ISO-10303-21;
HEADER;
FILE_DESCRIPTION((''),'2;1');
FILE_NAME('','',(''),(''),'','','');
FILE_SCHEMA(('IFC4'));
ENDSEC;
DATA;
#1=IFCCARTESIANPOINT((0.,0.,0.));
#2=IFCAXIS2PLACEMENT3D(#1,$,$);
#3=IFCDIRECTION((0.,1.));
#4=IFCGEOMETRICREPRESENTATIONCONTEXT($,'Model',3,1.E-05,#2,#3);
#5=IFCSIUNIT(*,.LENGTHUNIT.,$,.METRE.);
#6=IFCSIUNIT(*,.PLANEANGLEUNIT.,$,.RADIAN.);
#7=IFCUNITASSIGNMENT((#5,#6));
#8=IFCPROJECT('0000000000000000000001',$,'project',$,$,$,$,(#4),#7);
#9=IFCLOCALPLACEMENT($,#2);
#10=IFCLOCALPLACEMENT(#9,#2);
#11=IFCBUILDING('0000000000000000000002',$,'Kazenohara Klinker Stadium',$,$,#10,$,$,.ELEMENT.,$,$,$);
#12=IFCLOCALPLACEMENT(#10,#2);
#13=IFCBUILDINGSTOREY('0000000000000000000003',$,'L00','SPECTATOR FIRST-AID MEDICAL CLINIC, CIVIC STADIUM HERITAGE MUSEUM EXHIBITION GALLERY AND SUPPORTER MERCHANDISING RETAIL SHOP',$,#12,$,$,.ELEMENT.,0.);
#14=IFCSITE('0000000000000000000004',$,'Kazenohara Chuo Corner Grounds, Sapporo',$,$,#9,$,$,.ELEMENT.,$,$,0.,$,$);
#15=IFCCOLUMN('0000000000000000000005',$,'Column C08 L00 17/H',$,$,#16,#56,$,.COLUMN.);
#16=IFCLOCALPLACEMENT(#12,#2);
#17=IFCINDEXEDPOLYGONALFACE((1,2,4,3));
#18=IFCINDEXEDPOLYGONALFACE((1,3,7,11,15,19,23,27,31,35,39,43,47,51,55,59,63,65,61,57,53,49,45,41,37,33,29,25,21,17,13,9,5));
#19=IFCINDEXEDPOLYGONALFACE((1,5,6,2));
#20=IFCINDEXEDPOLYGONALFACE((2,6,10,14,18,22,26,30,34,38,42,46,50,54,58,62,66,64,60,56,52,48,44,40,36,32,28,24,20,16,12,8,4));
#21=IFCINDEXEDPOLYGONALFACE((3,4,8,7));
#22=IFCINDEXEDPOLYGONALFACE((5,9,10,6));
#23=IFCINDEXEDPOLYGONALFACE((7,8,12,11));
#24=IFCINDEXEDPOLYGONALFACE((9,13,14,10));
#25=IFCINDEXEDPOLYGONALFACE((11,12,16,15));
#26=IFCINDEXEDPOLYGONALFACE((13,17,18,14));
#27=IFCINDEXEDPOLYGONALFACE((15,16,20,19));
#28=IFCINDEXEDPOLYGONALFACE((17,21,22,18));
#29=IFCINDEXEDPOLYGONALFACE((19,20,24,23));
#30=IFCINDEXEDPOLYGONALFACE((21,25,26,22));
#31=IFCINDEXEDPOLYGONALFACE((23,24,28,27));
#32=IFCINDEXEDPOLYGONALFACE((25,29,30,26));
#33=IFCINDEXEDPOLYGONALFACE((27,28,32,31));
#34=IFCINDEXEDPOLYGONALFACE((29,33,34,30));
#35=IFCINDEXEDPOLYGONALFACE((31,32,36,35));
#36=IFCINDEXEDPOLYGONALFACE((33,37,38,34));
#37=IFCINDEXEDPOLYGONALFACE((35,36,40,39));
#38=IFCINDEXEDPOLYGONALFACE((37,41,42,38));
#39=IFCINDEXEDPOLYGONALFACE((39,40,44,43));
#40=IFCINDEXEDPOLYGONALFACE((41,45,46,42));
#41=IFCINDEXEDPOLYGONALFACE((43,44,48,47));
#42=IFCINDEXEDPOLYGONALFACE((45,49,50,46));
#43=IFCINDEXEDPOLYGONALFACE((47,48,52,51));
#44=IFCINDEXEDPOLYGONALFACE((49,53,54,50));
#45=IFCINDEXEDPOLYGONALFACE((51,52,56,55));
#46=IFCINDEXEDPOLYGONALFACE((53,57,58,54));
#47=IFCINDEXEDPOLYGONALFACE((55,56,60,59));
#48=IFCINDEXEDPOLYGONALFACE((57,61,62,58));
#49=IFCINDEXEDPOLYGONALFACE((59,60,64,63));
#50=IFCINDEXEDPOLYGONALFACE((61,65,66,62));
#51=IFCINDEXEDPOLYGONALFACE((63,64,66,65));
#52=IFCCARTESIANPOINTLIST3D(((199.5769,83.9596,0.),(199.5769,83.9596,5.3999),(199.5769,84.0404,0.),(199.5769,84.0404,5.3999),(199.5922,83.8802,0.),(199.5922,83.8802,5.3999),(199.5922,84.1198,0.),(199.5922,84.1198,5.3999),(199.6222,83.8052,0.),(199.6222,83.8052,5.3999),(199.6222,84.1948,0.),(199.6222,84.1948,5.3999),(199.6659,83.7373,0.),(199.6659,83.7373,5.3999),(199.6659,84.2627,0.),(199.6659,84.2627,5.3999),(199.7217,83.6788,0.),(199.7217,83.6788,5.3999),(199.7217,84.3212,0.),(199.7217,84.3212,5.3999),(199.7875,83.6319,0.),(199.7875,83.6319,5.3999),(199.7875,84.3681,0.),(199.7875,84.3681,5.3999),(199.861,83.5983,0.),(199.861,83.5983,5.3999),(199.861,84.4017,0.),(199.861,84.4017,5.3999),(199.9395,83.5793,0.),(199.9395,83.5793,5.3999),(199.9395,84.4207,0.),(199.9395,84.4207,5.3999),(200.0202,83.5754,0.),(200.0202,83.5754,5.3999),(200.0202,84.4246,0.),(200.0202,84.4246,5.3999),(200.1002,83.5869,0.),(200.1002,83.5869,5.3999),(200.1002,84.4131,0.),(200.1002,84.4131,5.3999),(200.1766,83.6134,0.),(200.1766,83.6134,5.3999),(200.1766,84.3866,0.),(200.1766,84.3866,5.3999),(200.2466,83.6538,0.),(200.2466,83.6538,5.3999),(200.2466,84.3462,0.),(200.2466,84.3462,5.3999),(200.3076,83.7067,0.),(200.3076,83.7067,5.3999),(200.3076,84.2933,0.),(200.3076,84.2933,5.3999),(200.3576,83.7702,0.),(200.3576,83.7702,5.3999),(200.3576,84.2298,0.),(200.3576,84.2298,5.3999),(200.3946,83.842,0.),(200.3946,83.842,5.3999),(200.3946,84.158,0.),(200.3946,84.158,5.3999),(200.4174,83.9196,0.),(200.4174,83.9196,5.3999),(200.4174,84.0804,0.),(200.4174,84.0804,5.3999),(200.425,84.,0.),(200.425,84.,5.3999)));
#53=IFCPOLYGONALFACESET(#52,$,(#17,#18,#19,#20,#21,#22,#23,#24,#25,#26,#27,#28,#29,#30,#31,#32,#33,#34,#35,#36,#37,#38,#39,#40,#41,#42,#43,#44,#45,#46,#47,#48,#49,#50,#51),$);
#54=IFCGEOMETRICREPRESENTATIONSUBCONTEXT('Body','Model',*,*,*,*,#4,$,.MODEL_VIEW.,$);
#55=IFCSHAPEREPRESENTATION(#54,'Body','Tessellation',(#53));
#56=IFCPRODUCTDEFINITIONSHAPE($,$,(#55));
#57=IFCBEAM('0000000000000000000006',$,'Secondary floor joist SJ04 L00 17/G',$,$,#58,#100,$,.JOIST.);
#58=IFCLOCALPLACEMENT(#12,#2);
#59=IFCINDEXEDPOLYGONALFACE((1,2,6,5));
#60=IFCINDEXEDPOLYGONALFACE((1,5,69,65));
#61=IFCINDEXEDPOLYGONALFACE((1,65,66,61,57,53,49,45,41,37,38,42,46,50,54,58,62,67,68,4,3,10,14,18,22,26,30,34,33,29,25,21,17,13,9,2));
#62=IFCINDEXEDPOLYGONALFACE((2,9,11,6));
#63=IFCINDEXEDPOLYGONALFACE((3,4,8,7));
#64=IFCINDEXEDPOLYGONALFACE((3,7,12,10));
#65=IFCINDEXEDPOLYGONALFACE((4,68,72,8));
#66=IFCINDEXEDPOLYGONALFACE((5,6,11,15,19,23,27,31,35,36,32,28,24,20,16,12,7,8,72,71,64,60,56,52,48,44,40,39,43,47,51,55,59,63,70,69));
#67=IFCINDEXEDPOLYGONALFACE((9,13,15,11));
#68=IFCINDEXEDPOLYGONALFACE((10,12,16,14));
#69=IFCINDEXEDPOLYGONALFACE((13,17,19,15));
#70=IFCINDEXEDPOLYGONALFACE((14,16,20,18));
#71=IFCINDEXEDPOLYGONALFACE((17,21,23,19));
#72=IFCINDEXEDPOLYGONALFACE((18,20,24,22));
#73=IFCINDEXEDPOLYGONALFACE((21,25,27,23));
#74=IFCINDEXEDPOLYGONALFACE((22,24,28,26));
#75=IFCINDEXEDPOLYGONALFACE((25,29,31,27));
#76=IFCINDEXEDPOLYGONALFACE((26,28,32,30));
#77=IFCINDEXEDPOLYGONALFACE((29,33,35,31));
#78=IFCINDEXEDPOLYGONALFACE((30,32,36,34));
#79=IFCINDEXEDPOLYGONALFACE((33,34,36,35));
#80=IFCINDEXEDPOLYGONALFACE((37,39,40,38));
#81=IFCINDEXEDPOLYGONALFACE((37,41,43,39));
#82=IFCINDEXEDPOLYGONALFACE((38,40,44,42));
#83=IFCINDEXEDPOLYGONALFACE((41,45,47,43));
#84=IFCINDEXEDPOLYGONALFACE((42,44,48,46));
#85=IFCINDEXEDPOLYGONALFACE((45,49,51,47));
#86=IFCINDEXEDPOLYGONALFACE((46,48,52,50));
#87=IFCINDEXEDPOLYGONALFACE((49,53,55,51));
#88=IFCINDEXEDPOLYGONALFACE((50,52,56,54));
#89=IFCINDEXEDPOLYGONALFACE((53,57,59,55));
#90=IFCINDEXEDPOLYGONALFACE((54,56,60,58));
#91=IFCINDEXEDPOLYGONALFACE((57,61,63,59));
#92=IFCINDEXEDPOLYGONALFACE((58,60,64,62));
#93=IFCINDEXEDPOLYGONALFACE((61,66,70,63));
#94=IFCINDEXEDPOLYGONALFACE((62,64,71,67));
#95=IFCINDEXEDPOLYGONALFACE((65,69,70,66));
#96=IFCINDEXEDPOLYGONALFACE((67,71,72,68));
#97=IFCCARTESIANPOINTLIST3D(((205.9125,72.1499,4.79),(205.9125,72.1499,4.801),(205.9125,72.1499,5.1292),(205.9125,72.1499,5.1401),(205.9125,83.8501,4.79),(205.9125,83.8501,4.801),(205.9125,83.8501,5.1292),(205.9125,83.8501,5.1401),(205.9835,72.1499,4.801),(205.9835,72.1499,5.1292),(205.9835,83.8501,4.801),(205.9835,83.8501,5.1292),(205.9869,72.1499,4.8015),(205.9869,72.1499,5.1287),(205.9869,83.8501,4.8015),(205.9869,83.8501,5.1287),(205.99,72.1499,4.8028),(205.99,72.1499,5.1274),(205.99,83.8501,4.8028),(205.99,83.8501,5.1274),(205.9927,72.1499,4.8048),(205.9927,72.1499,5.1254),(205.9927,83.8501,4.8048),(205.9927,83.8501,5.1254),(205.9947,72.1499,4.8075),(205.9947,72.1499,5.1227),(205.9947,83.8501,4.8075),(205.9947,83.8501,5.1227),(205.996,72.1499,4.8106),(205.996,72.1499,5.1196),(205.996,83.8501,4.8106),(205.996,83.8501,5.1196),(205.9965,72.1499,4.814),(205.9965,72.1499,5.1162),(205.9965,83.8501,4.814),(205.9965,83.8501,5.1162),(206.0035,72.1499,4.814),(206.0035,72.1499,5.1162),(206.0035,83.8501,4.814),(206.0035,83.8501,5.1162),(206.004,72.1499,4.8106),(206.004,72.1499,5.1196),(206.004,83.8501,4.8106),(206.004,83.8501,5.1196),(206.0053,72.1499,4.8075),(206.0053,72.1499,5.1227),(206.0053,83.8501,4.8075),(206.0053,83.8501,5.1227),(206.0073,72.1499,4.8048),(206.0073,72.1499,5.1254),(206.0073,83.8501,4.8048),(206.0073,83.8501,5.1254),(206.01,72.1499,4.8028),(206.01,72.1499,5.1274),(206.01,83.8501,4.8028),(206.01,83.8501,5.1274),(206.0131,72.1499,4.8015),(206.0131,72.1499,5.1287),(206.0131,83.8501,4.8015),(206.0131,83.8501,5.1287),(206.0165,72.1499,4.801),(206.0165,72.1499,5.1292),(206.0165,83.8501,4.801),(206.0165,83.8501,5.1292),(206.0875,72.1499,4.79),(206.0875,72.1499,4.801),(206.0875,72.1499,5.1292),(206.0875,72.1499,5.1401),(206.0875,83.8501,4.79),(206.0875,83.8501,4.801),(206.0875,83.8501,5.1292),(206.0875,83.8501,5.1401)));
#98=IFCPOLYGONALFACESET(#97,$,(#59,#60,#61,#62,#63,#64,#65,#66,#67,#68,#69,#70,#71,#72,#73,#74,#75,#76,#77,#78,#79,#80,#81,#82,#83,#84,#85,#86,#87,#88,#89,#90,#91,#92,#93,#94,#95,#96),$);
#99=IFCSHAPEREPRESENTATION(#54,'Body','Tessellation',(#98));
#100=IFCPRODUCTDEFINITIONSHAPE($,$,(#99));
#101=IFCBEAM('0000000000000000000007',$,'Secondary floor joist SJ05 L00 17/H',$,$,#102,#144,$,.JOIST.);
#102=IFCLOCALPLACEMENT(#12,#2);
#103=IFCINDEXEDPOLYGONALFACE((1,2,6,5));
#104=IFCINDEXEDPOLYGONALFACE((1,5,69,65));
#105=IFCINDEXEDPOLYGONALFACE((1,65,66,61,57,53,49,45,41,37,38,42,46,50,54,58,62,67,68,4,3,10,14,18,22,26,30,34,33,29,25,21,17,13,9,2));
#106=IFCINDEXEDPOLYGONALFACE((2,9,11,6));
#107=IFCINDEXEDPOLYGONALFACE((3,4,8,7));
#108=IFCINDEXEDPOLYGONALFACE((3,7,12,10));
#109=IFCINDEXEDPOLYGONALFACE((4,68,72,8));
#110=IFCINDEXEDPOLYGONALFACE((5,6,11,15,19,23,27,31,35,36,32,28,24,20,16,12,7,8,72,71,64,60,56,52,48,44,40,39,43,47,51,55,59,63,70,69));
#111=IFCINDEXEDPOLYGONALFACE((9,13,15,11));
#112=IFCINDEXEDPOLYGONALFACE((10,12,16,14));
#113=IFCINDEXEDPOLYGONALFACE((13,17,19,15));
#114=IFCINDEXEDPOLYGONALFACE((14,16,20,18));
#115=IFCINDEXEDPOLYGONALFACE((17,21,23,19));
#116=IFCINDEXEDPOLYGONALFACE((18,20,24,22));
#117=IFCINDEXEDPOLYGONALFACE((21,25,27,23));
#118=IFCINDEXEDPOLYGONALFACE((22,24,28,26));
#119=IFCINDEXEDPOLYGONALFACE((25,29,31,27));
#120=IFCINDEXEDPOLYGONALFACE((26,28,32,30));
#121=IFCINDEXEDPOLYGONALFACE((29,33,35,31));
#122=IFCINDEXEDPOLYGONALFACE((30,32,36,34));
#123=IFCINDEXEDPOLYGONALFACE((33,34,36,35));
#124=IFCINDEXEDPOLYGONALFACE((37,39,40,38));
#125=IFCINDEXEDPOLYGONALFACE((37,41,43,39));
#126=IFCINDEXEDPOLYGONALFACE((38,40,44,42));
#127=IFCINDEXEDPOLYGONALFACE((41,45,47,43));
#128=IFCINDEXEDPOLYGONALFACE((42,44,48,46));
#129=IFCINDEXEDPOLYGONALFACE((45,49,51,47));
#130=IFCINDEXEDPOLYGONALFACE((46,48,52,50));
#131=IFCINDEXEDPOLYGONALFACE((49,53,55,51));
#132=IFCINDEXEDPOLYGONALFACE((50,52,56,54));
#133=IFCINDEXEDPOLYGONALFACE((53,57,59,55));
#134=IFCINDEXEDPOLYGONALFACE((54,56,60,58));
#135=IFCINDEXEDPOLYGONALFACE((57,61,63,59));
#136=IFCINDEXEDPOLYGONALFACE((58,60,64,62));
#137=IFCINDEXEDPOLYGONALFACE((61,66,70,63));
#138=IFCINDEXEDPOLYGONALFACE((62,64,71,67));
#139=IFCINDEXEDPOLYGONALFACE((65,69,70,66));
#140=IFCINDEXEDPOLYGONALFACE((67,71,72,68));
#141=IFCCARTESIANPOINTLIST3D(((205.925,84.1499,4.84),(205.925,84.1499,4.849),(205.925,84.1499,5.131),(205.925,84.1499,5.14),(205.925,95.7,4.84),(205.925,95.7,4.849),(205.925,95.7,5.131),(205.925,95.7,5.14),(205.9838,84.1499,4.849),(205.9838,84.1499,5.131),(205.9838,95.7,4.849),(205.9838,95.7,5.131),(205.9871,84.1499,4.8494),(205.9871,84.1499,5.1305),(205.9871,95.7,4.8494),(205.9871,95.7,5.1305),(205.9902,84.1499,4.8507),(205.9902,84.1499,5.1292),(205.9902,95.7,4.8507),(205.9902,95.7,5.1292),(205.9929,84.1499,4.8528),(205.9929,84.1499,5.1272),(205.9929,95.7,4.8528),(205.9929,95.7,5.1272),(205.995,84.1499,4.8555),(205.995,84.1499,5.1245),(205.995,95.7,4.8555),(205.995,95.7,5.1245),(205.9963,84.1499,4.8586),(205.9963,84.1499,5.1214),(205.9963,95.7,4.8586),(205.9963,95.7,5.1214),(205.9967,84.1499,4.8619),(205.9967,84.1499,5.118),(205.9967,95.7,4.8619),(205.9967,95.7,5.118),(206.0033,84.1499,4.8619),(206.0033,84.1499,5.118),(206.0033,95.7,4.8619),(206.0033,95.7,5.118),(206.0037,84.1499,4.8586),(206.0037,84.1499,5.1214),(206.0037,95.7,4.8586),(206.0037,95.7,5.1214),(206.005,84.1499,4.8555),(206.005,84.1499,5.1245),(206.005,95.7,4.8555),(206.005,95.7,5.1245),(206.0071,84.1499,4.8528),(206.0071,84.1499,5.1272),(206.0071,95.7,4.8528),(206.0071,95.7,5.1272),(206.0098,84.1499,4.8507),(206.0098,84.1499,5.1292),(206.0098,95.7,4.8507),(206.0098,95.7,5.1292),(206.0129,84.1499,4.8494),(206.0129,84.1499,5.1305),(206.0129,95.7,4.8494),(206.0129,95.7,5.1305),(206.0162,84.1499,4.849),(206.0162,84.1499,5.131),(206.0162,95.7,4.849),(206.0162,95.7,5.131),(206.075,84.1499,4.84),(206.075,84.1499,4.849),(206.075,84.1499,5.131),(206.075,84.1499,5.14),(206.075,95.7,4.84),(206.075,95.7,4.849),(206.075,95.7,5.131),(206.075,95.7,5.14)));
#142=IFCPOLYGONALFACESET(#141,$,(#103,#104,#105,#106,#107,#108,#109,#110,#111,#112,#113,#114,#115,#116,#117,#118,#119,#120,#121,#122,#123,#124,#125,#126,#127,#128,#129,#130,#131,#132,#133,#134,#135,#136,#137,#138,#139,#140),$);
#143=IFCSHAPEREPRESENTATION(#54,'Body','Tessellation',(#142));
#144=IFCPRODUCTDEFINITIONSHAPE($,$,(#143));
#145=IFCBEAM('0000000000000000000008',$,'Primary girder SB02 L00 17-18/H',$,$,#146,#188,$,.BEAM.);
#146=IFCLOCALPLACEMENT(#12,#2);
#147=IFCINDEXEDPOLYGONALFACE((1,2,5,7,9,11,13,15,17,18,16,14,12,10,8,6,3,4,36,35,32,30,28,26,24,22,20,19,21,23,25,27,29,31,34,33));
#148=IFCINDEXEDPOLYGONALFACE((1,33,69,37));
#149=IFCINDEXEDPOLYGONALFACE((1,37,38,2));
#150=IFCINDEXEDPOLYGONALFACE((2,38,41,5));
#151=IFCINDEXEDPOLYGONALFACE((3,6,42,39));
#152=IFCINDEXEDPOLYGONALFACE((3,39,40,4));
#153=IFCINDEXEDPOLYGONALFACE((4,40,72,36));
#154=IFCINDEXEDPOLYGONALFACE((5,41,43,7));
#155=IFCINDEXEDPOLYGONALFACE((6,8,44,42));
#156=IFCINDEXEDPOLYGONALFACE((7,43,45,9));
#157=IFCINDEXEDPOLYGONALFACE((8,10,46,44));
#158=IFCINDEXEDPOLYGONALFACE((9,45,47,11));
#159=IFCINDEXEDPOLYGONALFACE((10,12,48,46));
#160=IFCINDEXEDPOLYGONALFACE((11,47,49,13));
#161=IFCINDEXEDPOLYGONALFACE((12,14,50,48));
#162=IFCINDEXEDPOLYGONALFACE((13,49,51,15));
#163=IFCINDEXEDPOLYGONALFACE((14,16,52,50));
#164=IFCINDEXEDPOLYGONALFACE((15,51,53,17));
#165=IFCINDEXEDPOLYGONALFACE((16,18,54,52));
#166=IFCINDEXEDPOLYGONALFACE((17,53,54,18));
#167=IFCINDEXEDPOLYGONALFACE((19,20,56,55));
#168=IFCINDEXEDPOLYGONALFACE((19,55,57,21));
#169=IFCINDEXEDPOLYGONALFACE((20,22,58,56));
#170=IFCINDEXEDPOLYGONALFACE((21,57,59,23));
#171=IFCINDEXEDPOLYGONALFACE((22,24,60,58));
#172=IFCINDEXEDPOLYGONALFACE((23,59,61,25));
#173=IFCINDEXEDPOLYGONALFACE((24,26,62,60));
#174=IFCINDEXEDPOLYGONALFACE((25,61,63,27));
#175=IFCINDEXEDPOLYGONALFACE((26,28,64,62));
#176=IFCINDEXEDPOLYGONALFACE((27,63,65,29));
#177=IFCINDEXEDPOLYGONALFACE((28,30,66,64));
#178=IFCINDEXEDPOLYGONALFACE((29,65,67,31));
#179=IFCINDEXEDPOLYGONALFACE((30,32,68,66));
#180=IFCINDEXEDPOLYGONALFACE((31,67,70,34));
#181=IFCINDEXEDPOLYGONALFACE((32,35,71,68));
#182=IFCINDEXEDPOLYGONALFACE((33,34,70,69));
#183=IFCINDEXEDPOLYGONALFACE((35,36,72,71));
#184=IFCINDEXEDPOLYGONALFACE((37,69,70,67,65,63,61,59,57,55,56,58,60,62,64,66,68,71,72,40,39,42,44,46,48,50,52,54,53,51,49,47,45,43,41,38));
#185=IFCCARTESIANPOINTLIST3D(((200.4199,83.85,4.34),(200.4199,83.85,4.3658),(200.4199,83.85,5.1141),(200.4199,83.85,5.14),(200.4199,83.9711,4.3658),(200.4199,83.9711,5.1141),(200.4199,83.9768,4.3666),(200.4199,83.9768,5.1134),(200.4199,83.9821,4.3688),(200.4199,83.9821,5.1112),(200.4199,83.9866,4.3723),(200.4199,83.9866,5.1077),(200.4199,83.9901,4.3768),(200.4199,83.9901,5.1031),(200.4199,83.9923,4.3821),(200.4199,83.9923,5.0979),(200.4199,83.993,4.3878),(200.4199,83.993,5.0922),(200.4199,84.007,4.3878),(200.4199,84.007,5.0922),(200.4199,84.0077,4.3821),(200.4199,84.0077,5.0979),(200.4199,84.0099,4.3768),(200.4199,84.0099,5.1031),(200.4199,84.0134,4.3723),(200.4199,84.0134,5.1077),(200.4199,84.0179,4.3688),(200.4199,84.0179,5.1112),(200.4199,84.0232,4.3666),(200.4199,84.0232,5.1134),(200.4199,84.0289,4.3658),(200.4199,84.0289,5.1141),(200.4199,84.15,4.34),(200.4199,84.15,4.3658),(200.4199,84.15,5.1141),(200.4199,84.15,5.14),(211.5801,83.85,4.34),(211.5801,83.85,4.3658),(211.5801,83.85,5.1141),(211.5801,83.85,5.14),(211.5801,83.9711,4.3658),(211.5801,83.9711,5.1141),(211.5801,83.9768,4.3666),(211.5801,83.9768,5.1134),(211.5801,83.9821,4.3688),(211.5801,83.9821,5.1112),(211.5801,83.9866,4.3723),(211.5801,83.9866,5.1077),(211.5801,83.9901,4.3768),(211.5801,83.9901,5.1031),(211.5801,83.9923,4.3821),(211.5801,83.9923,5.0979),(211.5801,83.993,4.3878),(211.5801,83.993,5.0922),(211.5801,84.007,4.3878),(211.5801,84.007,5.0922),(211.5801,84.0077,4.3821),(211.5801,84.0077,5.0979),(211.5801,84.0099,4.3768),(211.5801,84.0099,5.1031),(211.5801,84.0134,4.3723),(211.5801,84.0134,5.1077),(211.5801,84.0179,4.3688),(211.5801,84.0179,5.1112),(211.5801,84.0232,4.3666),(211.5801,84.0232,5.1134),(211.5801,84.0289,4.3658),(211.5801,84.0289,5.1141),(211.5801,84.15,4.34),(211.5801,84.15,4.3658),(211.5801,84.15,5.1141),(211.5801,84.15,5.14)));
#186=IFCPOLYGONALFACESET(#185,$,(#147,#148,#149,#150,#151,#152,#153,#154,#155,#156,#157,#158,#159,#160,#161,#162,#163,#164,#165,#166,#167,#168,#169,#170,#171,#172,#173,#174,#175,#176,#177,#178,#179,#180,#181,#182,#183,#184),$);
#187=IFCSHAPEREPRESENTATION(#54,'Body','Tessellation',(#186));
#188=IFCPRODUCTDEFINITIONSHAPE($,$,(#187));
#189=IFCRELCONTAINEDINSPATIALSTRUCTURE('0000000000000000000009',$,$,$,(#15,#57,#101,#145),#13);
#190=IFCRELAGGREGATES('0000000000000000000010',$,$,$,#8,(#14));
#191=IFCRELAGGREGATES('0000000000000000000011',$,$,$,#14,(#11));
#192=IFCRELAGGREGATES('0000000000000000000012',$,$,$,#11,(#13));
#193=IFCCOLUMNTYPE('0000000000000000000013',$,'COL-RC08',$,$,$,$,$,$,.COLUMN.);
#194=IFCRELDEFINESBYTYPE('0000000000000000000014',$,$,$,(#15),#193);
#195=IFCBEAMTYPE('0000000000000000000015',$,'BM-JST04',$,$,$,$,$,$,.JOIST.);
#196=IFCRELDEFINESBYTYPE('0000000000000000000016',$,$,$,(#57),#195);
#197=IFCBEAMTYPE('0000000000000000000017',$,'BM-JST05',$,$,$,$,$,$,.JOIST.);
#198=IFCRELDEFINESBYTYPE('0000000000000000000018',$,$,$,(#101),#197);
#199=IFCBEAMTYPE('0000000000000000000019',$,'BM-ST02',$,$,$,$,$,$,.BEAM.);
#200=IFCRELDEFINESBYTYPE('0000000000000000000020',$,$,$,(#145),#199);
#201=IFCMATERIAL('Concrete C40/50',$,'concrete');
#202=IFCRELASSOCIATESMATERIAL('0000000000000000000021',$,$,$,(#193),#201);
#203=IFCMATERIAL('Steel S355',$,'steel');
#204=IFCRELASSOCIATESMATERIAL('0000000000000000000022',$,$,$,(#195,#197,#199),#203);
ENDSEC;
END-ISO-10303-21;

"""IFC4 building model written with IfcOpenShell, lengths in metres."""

from ifc_helpers import new_model, si_unit, direction, frame, origin, origin_2d, place, context, subcontext, project, spatial, circle, i_section, extrude, material, material_profile, profile_set, type_object, element, save


model = new_model("IFC4")

# Units and contexts
model_context = context("Model", 3, precision=1e-05, world=origin(), true_north=direction((0.0, 1.0)))
body_context = subcontext(model_context, "Body", "Model", "MODEL_VIEW")
ifc_project = project(units=[si_unit("LENGTHUNIT", "METRE"), si_unit("PLANEANGLEUNIT", "RADIAN")], contexts=[model_context])

# Site, building, storey
site_placement = place(None, origin())
site = spatial("IfcSite", under=ifc_project, at=site_placement, Name="Kazenohara Chuo Corner Grounds, Sapporo", CompositionType="ELEMENT", RefElevation=0.0)
building_placement = place(site_placement, origin())
building = spatial("IfcBuilding", under=site, at=building_placement, Name="Kazenohara Klinker Stadium", CompositionType="ELEMENT")
storey_placement = place(building_placement, origin())
storey = spatial("IfcBuildingStorey", under=building, at=storey_placement, Name="L00", Description="SPECTATOR FIRST-AID MEDICAL CLINIC, CIVIC STADIUM HERITAGE MUSEUM EXHIBITION GALLERY AND SUPPORTER MERCHANDISING RETAIL SHOP", CompositionType="ELEMENT", Elevation=0.0)

# Column
ifc_material_1 = material(Name="Concrete C40/50", Category="concrete")
ifc_material_profile_1 = material_profile(ifc_material_1, circle(Radius=0.425, at=origin_2d()), Name="RC-COL-D850")
ifc_profile_set_1 = profile_set([ifc_material_profile_1], Name="Concrete C40/50")
column_type = type_object("IfcColumnType", Name="COL-RC08", PredefinedType="COLUMN", material=ifc_profile_set_1)
column_placement = place(storey_placement, frame((200.0, 84.0, 0.0), z_axis=(0.0, 0.0, 1.0), x_axis=(1.0, 0.0, 0.0)))
element("IfcColumn", 1, at=column_placement, inside=storey, type_object=column_type, Name="Column C08 L00 17/H", PredefinedType="COLUMN", context=body_context, shape_type="SweptSolid", body=[
    extrude(circle(Radius=0.425, at=origin_2d()), origin(), (0.0, 0.0, 1.0), 5.3999),
])

# Beams
ifc_material_2 = material(Name="Steel S355", Category="steel")
ifc_material_profile_2 = material_profile(ifc_material_2, i_section(OverallWidth=0.175, OverallDepth=0.3501, WebThickness=0.0071, FlangeThickness=0.011, FilletRadius=0.0129, at=origin_2d()), Name="H-350x175x7x11")
ifc_profile_set_2 = profile_set([ifc_material_profile_2], Name="Steel S355")
beam_type_1 = type_object("IfcBeamType", Name="BM-JST04", PredefinedType="JOIST", material=ifc_profile_set_2)
beam_1_placement = place(storey_placement, frame((206.0, 72.1499, 4.9651), z_axis=(0.0, 1.0, 0.0), x_axis=(-1.0, 0.0, 0.0)))
element("IfcBeam", 2, at=beam_1_placement, inside=storey, type_object=beam_type_1, Name="Secondary floor joist SJ04 L00 17/G", PredefinedType="JOIST", context=body_context, shape_type="SweptSolid", body=[
    extrude(i_section(OverallWidth=0.175, OverallDepth=0.3501, WebThickness=0.0071, FlangeThickness=0.011, FilletRadius=0.0129, at=origin_2d()), origin(), (0.0, 0.0, 1.0), 11.7002),
])
ifc_material_profile_3 = material_profile(ifc_material_2, i_section(OverallWidth=0.1499, OverallDepth=0.3, WebThickness=0.0066, FlangeThickness=0.009, FilletRadius=0.0129, at=origin_2d()), Name="H-300x150x6.5x9")
ifc_profile_set_3 = profile_set([ifc_material_profile_3], Name="Steel S355")
beam_type_2 = type_object("IfcBeamType", Name="BM-JST05", PredefinedType="JOIST", material=ifc_profile_set_3)
beam_2_placement = place(storey_placement, frame((206.0, 84.1499, 4.99), z_axis=(0.0, 1.0, 0.0), x_axis=(-1.0, 0.0, 0.0)))
element("IfcBeam", 3, at=beam_2_placement, inside=storey, type_object=beam_type_2, Name="Secondary floor joist SJ05 L00 17/H", PredefinedType="JOIST", context=body_context, shape_type="SweptSolid", body=[
    extrude(i_section(OverallWidth=0.1499, OverallDepth=0.3, WebThickness=0.0066, FlangeThickness=0.009, FilletRadius=0.0129, at=origin_2d()), origin(), (0.0, 0.0, 1.0), 11.55),
])
ifc_material_profile_4 = material_profile(ifc_material_2, i_section(OverallWidth=0.3, OverallDepth=0.8, WebThickness=0.0139, FlangeThickness=0.0259, FilletRadius=0.022, at=origin_2d()), Name="H-800x300x14x26")
ifc_profile_set_4 = profile_set([ifc_material_profile_4], Name="Steel S355")
beam_type_3 = type_object("IfcBeamType", Name="BM-ST02", PredefinedType="BEAM", material=ifc_profile_set_4)
for number, where, z_axis, x_axis, name in (
    (4, (200.4199, 84.0, 4.74), (1.0, 0.0, 0.0), (0.0, 1.0, 0.0), "Primary girder SB02 L00 17-18/H"),
):
    element("IfcBeam", number, at=place(storey_placement, frame(where, z_axis=z_axis, x_axis=x_axis)), inside=storey, type_object=beam_type_3, Name=name, PredefinedType="BEAM", context=body_context, shape_type="SweptSolid", body=[
        extrude(i_section(OverallWidth=0.3, OverallDepth=0.8, WebThickness=0.0139, FlangeThickness=0.0259, FilletRadius=0.022, at=origin_2d()), origin(), (0.0, 0.0, 1.0), 11.1602),
    ])

save(model, "model.ifc")
